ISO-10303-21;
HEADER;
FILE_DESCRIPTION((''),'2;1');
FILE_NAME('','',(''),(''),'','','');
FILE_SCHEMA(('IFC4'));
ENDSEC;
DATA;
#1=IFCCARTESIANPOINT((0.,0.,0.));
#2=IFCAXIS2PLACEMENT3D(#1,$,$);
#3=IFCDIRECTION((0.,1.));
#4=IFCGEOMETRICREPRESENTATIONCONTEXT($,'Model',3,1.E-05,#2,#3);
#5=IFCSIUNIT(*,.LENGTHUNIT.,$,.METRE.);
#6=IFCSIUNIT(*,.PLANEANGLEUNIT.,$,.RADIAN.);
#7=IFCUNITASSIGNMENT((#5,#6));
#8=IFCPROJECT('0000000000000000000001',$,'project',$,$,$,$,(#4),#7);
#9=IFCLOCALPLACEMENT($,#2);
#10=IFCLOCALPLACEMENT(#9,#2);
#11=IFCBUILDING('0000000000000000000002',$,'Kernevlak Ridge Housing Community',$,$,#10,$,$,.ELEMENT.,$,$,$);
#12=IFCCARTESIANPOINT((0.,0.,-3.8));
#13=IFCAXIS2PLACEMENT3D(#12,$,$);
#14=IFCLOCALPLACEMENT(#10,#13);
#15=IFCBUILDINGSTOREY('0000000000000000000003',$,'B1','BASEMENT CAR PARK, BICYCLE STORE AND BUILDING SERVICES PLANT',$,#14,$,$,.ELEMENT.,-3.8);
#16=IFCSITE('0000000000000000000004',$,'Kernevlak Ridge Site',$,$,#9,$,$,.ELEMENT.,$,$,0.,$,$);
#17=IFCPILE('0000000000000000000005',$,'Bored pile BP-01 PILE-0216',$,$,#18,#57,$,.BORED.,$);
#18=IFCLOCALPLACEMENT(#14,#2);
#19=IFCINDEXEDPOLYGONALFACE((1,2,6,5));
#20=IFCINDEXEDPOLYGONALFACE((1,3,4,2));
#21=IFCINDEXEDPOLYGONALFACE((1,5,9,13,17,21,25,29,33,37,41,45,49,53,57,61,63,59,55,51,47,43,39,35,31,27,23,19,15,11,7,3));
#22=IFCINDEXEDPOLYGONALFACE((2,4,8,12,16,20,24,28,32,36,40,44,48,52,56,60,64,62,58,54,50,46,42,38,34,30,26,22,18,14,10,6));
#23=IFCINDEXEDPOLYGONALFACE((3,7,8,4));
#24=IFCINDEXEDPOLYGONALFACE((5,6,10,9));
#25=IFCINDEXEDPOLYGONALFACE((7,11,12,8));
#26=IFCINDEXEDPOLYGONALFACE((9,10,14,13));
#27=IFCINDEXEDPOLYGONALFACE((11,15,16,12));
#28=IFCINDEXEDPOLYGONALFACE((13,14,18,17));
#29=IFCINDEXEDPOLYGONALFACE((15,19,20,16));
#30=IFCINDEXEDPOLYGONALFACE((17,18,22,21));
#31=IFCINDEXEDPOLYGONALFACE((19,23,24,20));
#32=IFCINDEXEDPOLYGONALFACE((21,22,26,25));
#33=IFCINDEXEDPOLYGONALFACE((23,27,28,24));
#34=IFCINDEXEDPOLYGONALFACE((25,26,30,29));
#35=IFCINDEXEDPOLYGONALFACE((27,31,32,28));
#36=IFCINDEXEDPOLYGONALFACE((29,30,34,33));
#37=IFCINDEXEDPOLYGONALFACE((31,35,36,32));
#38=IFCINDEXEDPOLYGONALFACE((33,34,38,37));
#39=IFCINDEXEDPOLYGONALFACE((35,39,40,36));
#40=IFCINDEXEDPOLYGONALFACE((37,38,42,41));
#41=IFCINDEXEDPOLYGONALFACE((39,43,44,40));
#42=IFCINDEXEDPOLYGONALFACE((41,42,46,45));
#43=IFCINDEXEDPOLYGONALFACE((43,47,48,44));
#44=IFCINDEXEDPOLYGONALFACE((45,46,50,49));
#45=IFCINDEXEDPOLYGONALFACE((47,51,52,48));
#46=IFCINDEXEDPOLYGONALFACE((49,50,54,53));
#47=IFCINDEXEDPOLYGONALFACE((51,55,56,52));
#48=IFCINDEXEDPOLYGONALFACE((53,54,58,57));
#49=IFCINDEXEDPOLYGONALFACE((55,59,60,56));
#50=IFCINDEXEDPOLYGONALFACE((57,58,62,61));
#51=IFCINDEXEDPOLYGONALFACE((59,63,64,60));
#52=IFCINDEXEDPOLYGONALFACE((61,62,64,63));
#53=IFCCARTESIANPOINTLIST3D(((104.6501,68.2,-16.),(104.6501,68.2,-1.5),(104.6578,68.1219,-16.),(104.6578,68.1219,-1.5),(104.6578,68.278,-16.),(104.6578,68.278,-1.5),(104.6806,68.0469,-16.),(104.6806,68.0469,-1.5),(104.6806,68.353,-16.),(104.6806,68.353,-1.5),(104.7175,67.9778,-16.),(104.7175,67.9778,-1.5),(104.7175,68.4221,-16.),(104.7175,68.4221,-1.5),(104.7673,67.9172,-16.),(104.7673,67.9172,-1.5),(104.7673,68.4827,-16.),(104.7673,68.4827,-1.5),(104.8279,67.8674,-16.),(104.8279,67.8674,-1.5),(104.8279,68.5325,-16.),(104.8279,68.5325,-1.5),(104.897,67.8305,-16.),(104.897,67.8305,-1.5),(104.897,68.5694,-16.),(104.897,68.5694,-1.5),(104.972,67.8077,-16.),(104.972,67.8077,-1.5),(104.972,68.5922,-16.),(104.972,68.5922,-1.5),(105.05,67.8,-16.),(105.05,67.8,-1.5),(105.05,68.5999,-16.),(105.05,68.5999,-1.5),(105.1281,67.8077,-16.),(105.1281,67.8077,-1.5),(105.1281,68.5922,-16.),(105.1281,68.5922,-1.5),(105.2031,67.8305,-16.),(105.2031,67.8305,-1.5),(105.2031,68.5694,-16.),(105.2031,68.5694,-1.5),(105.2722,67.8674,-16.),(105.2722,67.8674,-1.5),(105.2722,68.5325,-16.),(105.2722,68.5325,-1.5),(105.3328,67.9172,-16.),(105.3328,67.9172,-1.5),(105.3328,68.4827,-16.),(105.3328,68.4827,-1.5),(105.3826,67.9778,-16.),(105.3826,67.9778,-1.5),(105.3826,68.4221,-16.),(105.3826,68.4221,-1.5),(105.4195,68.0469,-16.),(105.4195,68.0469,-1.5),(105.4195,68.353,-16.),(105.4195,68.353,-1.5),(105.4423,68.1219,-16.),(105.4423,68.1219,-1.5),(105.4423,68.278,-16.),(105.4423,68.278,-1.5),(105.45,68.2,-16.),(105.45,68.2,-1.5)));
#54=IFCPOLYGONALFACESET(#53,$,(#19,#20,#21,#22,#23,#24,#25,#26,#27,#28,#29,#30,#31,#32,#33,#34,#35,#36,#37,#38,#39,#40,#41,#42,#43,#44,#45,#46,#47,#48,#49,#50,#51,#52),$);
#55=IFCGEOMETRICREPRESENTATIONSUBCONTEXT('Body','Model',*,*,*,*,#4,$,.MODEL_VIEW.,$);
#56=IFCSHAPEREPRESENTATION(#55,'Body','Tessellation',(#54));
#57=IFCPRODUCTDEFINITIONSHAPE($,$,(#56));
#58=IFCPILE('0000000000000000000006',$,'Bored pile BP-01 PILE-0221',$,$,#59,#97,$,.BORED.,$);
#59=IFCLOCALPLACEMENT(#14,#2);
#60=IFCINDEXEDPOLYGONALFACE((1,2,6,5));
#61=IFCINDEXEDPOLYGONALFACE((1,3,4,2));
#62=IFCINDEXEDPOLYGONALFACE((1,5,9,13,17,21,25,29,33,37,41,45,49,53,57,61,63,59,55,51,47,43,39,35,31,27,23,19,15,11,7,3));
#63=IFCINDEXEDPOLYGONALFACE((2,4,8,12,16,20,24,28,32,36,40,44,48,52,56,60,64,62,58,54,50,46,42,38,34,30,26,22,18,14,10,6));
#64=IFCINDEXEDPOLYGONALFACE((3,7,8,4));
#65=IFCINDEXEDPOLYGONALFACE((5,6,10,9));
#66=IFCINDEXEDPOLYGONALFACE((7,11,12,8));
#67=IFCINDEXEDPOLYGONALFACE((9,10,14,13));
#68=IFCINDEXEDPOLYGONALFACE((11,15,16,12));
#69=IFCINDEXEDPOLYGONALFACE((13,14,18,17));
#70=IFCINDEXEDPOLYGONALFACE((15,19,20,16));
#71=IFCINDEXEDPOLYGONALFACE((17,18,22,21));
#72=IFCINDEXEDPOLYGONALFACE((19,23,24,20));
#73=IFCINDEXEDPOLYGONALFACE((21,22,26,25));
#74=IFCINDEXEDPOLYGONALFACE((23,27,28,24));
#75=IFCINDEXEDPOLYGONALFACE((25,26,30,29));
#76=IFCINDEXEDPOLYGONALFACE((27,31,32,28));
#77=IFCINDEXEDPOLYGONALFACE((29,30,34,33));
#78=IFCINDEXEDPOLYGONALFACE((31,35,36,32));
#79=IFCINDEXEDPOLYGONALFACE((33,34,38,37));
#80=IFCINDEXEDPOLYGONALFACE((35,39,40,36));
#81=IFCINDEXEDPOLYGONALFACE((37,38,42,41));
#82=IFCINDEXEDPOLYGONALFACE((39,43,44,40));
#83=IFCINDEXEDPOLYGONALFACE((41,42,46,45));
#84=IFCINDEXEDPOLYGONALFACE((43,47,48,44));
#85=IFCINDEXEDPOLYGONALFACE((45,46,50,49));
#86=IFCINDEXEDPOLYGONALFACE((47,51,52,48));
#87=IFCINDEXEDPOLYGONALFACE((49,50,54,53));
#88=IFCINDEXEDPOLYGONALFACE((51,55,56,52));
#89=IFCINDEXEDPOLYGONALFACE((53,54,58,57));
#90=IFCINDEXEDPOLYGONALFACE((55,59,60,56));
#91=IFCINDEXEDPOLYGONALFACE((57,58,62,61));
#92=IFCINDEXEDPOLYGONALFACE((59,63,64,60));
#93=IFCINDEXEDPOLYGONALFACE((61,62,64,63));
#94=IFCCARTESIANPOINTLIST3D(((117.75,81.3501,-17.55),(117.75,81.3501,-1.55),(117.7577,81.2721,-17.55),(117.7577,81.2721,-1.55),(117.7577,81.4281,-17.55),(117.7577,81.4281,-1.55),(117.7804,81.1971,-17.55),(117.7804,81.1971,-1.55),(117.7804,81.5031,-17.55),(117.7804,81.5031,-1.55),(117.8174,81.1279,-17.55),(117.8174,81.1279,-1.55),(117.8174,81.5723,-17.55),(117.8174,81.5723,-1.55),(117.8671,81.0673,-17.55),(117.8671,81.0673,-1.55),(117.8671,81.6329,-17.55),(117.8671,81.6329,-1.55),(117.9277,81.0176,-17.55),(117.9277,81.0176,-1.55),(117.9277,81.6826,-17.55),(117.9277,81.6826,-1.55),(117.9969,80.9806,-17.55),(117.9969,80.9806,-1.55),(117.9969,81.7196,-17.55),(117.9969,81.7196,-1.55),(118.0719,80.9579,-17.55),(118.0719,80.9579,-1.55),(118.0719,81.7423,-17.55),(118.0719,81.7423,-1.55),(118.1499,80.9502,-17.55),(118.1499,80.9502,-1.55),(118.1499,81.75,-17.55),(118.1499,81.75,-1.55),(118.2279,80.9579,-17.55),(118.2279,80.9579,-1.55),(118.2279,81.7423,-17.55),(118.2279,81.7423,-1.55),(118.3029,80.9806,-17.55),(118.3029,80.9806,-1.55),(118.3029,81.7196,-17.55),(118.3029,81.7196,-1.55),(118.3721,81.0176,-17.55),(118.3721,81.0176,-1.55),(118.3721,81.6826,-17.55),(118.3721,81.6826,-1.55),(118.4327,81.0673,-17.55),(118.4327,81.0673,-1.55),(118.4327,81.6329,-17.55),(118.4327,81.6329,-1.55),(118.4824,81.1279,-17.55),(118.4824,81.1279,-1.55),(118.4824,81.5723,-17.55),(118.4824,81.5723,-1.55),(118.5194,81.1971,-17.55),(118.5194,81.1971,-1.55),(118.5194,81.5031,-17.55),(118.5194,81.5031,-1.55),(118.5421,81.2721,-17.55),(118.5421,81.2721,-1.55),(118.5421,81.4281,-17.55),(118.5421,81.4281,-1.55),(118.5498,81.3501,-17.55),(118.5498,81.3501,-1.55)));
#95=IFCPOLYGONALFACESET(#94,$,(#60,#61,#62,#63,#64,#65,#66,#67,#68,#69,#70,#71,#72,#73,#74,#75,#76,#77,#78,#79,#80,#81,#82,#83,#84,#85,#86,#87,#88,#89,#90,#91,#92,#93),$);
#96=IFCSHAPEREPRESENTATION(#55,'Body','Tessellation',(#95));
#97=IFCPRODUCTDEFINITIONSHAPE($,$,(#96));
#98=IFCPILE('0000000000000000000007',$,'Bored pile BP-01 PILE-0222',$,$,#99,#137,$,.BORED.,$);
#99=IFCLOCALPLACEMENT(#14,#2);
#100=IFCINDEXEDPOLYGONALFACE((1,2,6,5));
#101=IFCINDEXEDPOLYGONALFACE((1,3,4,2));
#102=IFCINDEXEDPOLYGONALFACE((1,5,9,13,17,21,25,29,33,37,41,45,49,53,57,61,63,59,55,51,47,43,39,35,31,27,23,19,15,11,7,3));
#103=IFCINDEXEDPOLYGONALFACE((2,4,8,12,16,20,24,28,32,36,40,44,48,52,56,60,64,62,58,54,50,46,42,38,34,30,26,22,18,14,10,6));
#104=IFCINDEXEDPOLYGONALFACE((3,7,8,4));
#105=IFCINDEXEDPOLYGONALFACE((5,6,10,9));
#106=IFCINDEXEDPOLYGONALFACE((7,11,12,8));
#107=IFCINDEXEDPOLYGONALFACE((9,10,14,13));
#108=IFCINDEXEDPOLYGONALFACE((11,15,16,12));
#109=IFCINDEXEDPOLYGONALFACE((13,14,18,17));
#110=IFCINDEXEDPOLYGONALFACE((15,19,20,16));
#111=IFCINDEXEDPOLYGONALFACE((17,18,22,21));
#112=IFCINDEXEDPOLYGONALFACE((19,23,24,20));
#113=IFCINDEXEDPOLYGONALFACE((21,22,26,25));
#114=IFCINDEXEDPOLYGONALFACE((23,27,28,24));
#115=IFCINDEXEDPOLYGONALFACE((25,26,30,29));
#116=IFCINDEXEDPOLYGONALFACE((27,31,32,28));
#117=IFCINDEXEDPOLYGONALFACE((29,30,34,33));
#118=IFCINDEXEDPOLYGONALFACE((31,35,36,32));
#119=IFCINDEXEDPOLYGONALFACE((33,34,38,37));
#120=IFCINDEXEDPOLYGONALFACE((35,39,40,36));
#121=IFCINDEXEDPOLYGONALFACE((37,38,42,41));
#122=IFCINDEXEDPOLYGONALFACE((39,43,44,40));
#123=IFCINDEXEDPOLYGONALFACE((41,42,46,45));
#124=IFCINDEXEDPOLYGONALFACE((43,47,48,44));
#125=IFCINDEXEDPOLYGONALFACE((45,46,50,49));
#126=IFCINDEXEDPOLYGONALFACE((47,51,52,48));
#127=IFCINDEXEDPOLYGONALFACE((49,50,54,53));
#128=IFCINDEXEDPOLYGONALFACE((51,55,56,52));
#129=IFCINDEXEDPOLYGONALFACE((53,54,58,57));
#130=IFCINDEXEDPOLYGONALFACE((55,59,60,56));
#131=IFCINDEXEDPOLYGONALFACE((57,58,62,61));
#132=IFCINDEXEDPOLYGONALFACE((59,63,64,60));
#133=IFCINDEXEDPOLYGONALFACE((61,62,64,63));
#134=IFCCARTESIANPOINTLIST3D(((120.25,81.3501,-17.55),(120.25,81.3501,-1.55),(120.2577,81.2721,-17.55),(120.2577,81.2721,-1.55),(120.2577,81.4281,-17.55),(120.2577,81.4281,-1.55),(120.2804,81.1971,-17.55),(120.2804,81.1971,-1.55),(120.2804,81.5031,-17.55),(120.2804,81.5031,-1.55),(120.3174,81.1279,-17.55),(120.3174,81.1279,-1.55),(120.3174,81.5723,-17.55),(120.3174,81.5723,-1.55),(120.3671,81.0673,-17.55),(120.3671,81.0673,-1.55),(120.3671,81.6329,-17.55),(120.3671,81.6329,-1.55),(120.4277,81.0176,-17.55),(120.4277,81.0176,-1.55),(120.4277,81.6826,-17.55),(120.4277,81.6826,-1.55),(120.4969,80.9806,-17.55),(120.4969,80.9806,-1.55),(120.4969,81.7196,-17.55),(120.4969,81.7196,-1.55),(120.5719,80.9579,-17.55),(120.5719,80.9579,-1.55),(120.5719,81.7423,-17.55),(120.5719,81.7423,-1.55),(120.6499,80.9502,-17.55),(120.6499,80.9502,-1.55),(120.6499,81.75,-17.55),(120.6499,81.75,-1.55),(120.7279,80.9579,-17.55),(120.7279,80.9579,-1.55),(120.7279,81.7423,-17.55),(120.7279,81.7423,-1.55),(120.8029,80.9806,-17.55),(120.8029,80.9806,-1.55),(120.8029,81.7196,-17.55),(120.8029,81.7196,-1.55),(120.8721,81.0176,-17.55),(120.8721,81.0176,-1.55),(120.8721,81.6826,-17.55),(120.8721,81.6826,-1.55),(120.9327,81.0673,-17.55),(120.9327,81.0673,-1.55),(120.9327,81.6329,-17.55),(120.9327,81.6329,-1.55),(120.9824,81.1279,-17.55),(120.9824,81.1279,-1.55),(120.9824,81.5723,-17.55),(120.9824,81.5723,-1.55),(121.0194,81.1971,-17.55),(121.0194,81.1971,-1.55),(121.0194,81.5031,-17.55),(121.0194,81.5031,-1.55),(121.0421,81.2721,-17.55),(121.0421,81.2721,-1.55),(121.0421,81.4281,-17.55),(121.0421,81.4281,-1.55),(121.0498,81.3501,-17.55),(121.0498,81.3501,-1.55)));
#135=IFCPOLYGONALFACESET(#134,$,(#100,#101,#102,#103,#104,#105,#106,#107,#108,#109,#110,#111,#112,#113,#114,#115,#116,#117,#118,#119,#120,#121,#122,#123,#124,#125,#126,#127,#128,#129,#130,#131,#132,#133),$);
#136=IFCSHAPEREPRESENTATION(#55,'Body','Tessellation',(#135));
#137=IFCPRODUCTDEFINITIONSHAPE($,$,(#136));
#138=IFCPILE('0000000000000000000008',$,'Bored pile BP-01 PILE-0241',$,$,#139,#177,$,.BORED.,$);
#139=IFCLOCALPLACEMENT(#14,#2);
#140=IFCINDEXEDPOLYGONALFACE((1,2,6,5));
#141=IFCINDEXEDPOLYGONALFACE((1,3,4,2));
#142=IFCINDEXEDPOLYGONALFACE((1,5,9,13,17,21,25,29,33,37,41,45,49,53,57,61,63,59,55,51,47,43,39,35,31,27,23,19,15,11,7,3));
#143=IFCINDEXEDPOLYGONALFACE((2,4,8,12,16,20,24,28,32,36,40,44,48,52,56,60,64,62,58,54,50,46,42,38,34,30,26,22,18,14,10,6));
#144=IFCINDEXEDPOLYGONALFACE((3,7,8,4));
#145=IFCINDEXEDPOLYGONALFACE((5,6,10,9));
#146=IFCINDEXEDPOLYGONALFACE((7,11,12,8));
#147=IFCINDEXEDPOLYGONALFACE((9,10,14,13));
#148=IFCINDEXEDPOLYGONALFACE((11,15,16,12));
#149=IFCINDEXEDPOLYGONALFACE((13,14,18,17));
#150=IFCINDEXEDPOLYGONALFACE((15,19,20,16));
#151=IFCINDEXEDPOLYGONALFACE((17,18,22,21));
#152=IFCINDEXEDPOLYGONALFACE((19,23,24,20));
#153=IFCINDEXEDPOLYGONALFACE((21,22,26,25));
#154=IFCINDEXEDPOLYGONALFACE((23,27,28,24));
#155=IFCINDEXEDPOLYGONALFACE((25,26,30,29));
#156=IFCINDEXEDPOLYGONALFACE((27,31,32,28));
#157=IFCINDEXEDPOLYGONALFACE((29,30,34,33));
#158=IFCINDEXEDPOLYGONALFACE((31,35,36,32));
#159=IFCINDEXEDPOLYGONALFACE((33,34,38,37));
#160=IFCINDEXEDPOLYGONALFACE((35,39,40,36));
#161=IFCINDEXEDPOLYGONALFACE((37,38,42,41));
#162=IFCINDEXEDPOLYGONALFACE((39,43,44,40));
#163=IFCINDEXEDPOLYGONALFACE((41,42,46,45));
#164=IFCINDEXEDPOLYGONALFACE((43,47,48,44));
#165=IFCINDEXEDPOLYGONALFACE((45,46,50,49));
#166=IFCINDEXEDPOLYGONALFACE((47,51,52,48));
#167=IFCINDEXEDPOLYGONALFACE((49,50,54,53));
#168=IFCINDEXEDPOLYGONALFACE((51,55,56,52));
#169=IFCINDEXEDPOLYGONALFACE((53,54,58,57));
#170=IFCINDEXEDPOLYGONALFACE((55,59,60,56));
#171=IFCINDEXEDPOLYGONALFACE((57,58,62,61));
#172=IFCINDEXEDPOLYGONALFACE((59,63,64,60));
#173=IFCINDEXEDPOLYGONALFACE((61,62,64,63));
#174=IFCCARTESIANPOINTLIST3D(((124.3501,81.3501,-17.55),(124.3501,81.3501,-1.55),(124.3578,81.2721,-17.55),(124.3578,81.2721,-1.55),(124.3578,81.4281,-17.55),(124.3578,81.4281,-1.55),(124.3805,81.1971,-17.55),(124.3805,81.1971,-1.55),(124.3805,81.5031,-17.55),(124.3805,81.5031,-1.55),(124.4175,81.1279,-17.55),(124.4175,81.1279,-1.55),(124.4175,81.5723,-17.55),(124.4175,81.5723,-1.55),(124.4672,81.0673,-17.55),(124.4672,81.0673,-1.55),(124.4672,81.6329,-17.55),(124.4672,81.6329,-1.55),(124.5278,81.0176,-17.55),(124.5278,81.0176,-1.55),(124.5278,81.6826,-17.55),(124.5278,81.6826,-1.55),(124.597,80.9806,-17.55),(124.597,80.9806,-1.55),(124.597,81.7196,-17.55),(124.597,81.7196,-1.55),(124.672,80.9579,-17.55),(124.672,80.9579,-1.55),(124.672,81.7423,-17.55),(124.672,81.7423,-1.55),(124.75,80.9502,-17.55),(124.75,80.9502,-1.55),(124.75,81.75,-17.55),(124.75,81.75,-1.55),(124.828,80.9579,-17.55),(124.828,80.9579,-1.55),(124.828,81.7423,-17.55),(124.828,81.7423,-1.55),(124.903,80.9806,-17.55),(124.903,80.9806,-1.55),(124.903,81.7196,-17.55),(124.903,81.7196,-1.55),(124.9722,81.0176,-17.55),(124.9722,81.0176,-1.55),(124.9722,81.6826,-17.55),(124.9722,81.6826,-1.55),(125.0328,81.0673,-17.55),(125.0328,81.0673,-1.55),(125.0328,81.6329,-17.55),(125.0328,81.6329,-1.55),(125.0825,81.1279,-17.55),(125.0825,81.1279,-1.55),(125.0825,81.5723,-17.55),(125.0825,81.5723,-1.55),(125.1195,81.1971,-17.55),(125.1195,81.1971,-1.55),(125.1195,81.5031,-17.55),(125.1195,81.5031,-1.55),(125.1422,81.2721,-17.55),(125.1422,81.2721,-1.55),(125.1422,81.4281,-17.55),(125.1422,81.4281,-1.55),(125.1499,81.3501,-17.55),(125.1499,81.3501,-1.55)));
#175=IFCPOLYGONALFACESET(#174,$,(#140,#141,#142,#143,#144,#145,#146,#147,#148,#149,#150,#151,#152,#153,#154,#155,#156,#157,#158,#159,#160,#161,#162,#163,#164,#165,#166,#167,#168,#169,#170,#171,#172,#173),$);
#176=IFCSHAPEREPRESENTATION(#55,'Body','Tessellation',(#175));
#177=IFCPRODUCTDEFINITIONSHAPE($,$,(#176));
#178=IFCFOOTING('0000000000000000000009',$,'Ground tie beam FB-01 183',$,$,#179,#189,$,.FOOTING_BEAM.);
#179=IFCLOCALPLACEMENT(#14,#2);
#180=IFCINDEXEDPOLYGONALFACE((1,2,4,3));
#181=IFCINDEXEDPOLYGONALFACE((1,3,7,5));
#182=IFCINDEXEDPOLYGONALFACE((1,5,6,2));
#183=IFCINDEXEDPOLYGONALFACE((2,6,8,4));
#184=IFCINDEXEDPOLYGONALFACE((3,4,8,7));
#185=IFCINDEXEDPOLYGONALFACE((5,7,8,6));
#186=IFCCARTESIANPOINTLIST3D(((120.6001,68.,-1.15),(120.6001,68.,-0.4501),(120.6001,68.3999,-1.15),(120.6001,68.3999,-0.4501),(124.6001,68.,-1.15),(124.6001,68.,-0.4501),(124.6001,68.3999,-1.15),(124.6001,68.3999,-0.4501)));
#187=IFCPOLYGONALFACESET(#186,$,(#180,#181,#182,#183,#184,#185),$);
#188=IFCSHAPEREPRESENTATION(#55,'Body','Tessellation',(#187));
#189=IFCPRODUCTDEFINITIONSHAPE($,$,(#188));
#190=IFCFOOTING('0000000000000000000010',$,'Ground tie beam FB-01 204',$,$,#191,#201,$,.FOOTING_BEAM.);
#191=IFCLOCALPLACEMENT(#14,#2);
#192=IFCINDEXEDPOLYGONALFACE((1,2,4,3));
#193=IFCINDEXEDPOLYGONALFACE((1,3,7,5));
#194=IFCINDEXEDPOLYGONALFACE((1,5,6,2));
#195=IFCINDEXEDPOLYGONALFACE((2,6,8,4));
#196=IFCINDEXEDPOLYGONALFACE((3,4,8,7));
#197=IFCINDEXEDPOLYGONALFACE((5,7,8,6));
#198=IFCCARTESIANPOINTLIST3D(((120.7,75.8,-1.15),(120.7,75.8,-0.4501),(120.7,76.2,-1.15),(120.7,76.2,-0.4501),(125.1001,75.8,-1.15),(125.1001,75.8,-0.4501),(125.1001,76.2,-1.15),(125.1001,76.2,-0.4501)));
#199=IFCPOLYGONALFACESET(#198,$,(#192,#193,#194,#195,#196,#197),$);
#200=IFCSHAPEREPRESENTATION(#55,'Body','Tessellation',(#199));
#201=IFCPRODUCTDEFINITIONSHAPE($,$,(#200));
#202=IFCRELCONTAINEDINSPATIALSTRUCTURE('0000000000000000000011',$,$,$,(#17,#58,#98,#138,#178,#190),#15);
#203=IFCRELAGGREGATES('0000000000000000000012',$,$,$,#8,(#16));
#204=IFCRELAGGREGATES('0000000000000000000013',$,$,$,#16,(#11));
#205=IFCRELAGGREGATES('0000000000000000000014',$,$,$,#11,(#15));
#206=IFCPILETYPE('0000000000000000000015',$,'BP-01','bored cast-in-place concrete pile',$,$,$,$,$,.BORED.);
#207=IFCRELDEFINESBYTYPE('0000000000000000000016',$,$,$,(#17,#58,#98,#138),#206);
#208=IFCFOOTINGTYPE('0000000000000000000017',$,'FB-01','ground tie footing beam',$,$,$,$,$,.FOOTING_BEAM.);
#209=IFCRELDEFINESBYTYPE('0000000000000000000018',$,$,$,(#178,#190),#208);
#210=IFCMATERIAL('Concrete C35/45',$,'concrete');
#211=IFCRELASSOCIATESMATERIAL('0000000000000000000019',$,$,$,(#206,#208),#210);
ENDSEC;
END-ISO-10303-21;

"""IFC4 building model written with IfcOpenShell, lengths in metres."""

from ifc_helpers import new_model, si_unit, direction, frame, origin, origin_2d, place, context, subcontext, project, spatial, rectangle, circle, extrude, material, material_profile, profile_set, type_object, element, save


model = new_model("IFC4")

# Units and contexts
model_context = context("Model", 3, precision=1e-05, world=origin(), true_north=direction((0.0, 1.0)))
body_context = subcontext(model_context, "Body", "Model", "MODEL_VIEW")
ifc_project = project(units=[si_unit("LENGTHUNIT", "METRE"), si_unit("PLANEANGLEUNIT", "RADIAN")], contexts=[model_context])

# Site, building, storey
site_placement = place(None, origin())
site = spatial("IfcSite", under=ifc_project, at=site_placement, Name="Kernevlak Ridge Site", CompositionType="ELEMENT", RefElevation=0.0)
building_placement = place(site_placement, origin())
building = spatial("IfcBuilding", under=site, at=building_placement, Name="Kernevlak Ridge Housing Community", CompositionType="ELEMENT")
storey_placement = place(building_placement, frame((0.0, 0.0, -3.8)))
storey = spatial("IfcBuildingStorey", under=building, at=storey_placement, Name="B1", Description="BASEMENT CAR PARK, BICYCLE STORE AND BUILDING SERVICES PLANT", CompositionType="ELEMENT", Elevation=-3.8)

# Piles
ifc_material_1 = material(Name="Concrete C35/45", Category="concrete")
ifc_material_profile_1 = material_profile(ifc_material_1, circle(Radius=0.3999, at=origin_2d()), Name="BORED PILE 800")
ifc_profile_set_1 = profile_set([ifc_material_profile_1], Name="Concrete C35/45")
pile_type = type_object("IfcPileType", Name="BP-01", Description="bored cast-in-place concrete pile", PredefinedType="BORED", material=ifc_profile_set_1)
pile_placement = place(storey_placement, frame((105.05, 68.2, -1.5), z_axis=(0.0, 0.0, -1.0), x_axis=(1.0, 0.0, 0.0)))
element("IfcPile", 1, at=pile_placement, inside=storey, type_object=pile_type, Name="Bored pile BP-01 PILE-0216", PredefinedType="BORED", context=body_context, shape_type="SweptSolid", body=[
    extrude(circle(Radius=0.3999, at=origin_2d()), origin(), (0.0, 0.0, 1.0), 14.5),
])
for number, where, z_axis, x_axis, name in (
    (2, (118.1499, 81.3501, -1.55), (0.0, 0.0, -1.0), (1.0, 0.0, 0.0), "Bored pile BP-01 PILE-0221"),
    (3, (120.6499, 81.3501, -1.55), (0.0, 0.0, -1.0), (1.0, 0.0, 0.0), "Bored pile BP-01 PILE-0222"),
    (4, (124.75, 81.3501, -1.55), (0.0, 0.0, -1.0), (1.0, 0.0, 0.0), "Bored pile BP-01 PILE-0241"),
):
    element("IfcPile", number, at=place(storey_placement, frame(where, z_axis=z_axis, x_axis=x_axis)), inside=storey, type_object=pile_type, Name=name, PredefinedType="BORED", context=body_context, shape_type="SweptSolid", body=[
        extrude(circle(Radius=0.3999, at=origin_2d()), origin(), (0.0, 0.0, 1.0), 16.0),
    ])

# Footings
ifc_material_profile_2 = material_profile(ifc_material_1, rectangle(XDim=0.3999, YDim=0.7, at=origin_2d()), Name="RC 400x700")
ifc_profile_set_2 = profile_set([ifc_material_profile_2], Name="Concrete C35/45")
footing_type_1 = type_object("IfcFootingType", Name="FB-01", Description="ground tie footing beam", PredefinedType="FOOTING_BEAM", material=ifc_profile_set_2)
footing_1_placement = place(storey_placement, frame((120.6001, 68.2, -0.8), z_axis=(1.0, 0.0, 0.0), x_axis=(0.0, 1.0, 0.0)))
element("IfcFooting", 5, at=footing_1_placement, inside=storey, type_object=footing_type_1, Name="Ground tie beam FB-01 183", PredefinedType="FOOTING_BEAM", context=body_context, shape_type="SweptSolid", body=[
    extrude(rectangle(XDim=0.3999, YDim=0.7, at=origin_2d()), origin(), (0.0, 0.0, 1.0), 4.0),
])
footing_2_placement = place(storey_placement, frame((120.7, 76.0, -0.8), z_axis=(1.0, 0.0, 0.0), x_axis=(0.0, 1.0, 0.0)))
element("IfcFooting", 6, at=footing_2_placement, inside=storey, type_object=footing_type_1, Name="Ground tie beam FB-01 204", PredefinedType="FOOTING_BEAM", context=body_context, shape_type="SweptSolid", body=[
    extrude(rectangle(XDim=0.3999, YDim=0.7, at=origin_2d()), origin(), (0.0, 0.0, 1.0), 4.4001),
])

save(model, "model.ifc")
